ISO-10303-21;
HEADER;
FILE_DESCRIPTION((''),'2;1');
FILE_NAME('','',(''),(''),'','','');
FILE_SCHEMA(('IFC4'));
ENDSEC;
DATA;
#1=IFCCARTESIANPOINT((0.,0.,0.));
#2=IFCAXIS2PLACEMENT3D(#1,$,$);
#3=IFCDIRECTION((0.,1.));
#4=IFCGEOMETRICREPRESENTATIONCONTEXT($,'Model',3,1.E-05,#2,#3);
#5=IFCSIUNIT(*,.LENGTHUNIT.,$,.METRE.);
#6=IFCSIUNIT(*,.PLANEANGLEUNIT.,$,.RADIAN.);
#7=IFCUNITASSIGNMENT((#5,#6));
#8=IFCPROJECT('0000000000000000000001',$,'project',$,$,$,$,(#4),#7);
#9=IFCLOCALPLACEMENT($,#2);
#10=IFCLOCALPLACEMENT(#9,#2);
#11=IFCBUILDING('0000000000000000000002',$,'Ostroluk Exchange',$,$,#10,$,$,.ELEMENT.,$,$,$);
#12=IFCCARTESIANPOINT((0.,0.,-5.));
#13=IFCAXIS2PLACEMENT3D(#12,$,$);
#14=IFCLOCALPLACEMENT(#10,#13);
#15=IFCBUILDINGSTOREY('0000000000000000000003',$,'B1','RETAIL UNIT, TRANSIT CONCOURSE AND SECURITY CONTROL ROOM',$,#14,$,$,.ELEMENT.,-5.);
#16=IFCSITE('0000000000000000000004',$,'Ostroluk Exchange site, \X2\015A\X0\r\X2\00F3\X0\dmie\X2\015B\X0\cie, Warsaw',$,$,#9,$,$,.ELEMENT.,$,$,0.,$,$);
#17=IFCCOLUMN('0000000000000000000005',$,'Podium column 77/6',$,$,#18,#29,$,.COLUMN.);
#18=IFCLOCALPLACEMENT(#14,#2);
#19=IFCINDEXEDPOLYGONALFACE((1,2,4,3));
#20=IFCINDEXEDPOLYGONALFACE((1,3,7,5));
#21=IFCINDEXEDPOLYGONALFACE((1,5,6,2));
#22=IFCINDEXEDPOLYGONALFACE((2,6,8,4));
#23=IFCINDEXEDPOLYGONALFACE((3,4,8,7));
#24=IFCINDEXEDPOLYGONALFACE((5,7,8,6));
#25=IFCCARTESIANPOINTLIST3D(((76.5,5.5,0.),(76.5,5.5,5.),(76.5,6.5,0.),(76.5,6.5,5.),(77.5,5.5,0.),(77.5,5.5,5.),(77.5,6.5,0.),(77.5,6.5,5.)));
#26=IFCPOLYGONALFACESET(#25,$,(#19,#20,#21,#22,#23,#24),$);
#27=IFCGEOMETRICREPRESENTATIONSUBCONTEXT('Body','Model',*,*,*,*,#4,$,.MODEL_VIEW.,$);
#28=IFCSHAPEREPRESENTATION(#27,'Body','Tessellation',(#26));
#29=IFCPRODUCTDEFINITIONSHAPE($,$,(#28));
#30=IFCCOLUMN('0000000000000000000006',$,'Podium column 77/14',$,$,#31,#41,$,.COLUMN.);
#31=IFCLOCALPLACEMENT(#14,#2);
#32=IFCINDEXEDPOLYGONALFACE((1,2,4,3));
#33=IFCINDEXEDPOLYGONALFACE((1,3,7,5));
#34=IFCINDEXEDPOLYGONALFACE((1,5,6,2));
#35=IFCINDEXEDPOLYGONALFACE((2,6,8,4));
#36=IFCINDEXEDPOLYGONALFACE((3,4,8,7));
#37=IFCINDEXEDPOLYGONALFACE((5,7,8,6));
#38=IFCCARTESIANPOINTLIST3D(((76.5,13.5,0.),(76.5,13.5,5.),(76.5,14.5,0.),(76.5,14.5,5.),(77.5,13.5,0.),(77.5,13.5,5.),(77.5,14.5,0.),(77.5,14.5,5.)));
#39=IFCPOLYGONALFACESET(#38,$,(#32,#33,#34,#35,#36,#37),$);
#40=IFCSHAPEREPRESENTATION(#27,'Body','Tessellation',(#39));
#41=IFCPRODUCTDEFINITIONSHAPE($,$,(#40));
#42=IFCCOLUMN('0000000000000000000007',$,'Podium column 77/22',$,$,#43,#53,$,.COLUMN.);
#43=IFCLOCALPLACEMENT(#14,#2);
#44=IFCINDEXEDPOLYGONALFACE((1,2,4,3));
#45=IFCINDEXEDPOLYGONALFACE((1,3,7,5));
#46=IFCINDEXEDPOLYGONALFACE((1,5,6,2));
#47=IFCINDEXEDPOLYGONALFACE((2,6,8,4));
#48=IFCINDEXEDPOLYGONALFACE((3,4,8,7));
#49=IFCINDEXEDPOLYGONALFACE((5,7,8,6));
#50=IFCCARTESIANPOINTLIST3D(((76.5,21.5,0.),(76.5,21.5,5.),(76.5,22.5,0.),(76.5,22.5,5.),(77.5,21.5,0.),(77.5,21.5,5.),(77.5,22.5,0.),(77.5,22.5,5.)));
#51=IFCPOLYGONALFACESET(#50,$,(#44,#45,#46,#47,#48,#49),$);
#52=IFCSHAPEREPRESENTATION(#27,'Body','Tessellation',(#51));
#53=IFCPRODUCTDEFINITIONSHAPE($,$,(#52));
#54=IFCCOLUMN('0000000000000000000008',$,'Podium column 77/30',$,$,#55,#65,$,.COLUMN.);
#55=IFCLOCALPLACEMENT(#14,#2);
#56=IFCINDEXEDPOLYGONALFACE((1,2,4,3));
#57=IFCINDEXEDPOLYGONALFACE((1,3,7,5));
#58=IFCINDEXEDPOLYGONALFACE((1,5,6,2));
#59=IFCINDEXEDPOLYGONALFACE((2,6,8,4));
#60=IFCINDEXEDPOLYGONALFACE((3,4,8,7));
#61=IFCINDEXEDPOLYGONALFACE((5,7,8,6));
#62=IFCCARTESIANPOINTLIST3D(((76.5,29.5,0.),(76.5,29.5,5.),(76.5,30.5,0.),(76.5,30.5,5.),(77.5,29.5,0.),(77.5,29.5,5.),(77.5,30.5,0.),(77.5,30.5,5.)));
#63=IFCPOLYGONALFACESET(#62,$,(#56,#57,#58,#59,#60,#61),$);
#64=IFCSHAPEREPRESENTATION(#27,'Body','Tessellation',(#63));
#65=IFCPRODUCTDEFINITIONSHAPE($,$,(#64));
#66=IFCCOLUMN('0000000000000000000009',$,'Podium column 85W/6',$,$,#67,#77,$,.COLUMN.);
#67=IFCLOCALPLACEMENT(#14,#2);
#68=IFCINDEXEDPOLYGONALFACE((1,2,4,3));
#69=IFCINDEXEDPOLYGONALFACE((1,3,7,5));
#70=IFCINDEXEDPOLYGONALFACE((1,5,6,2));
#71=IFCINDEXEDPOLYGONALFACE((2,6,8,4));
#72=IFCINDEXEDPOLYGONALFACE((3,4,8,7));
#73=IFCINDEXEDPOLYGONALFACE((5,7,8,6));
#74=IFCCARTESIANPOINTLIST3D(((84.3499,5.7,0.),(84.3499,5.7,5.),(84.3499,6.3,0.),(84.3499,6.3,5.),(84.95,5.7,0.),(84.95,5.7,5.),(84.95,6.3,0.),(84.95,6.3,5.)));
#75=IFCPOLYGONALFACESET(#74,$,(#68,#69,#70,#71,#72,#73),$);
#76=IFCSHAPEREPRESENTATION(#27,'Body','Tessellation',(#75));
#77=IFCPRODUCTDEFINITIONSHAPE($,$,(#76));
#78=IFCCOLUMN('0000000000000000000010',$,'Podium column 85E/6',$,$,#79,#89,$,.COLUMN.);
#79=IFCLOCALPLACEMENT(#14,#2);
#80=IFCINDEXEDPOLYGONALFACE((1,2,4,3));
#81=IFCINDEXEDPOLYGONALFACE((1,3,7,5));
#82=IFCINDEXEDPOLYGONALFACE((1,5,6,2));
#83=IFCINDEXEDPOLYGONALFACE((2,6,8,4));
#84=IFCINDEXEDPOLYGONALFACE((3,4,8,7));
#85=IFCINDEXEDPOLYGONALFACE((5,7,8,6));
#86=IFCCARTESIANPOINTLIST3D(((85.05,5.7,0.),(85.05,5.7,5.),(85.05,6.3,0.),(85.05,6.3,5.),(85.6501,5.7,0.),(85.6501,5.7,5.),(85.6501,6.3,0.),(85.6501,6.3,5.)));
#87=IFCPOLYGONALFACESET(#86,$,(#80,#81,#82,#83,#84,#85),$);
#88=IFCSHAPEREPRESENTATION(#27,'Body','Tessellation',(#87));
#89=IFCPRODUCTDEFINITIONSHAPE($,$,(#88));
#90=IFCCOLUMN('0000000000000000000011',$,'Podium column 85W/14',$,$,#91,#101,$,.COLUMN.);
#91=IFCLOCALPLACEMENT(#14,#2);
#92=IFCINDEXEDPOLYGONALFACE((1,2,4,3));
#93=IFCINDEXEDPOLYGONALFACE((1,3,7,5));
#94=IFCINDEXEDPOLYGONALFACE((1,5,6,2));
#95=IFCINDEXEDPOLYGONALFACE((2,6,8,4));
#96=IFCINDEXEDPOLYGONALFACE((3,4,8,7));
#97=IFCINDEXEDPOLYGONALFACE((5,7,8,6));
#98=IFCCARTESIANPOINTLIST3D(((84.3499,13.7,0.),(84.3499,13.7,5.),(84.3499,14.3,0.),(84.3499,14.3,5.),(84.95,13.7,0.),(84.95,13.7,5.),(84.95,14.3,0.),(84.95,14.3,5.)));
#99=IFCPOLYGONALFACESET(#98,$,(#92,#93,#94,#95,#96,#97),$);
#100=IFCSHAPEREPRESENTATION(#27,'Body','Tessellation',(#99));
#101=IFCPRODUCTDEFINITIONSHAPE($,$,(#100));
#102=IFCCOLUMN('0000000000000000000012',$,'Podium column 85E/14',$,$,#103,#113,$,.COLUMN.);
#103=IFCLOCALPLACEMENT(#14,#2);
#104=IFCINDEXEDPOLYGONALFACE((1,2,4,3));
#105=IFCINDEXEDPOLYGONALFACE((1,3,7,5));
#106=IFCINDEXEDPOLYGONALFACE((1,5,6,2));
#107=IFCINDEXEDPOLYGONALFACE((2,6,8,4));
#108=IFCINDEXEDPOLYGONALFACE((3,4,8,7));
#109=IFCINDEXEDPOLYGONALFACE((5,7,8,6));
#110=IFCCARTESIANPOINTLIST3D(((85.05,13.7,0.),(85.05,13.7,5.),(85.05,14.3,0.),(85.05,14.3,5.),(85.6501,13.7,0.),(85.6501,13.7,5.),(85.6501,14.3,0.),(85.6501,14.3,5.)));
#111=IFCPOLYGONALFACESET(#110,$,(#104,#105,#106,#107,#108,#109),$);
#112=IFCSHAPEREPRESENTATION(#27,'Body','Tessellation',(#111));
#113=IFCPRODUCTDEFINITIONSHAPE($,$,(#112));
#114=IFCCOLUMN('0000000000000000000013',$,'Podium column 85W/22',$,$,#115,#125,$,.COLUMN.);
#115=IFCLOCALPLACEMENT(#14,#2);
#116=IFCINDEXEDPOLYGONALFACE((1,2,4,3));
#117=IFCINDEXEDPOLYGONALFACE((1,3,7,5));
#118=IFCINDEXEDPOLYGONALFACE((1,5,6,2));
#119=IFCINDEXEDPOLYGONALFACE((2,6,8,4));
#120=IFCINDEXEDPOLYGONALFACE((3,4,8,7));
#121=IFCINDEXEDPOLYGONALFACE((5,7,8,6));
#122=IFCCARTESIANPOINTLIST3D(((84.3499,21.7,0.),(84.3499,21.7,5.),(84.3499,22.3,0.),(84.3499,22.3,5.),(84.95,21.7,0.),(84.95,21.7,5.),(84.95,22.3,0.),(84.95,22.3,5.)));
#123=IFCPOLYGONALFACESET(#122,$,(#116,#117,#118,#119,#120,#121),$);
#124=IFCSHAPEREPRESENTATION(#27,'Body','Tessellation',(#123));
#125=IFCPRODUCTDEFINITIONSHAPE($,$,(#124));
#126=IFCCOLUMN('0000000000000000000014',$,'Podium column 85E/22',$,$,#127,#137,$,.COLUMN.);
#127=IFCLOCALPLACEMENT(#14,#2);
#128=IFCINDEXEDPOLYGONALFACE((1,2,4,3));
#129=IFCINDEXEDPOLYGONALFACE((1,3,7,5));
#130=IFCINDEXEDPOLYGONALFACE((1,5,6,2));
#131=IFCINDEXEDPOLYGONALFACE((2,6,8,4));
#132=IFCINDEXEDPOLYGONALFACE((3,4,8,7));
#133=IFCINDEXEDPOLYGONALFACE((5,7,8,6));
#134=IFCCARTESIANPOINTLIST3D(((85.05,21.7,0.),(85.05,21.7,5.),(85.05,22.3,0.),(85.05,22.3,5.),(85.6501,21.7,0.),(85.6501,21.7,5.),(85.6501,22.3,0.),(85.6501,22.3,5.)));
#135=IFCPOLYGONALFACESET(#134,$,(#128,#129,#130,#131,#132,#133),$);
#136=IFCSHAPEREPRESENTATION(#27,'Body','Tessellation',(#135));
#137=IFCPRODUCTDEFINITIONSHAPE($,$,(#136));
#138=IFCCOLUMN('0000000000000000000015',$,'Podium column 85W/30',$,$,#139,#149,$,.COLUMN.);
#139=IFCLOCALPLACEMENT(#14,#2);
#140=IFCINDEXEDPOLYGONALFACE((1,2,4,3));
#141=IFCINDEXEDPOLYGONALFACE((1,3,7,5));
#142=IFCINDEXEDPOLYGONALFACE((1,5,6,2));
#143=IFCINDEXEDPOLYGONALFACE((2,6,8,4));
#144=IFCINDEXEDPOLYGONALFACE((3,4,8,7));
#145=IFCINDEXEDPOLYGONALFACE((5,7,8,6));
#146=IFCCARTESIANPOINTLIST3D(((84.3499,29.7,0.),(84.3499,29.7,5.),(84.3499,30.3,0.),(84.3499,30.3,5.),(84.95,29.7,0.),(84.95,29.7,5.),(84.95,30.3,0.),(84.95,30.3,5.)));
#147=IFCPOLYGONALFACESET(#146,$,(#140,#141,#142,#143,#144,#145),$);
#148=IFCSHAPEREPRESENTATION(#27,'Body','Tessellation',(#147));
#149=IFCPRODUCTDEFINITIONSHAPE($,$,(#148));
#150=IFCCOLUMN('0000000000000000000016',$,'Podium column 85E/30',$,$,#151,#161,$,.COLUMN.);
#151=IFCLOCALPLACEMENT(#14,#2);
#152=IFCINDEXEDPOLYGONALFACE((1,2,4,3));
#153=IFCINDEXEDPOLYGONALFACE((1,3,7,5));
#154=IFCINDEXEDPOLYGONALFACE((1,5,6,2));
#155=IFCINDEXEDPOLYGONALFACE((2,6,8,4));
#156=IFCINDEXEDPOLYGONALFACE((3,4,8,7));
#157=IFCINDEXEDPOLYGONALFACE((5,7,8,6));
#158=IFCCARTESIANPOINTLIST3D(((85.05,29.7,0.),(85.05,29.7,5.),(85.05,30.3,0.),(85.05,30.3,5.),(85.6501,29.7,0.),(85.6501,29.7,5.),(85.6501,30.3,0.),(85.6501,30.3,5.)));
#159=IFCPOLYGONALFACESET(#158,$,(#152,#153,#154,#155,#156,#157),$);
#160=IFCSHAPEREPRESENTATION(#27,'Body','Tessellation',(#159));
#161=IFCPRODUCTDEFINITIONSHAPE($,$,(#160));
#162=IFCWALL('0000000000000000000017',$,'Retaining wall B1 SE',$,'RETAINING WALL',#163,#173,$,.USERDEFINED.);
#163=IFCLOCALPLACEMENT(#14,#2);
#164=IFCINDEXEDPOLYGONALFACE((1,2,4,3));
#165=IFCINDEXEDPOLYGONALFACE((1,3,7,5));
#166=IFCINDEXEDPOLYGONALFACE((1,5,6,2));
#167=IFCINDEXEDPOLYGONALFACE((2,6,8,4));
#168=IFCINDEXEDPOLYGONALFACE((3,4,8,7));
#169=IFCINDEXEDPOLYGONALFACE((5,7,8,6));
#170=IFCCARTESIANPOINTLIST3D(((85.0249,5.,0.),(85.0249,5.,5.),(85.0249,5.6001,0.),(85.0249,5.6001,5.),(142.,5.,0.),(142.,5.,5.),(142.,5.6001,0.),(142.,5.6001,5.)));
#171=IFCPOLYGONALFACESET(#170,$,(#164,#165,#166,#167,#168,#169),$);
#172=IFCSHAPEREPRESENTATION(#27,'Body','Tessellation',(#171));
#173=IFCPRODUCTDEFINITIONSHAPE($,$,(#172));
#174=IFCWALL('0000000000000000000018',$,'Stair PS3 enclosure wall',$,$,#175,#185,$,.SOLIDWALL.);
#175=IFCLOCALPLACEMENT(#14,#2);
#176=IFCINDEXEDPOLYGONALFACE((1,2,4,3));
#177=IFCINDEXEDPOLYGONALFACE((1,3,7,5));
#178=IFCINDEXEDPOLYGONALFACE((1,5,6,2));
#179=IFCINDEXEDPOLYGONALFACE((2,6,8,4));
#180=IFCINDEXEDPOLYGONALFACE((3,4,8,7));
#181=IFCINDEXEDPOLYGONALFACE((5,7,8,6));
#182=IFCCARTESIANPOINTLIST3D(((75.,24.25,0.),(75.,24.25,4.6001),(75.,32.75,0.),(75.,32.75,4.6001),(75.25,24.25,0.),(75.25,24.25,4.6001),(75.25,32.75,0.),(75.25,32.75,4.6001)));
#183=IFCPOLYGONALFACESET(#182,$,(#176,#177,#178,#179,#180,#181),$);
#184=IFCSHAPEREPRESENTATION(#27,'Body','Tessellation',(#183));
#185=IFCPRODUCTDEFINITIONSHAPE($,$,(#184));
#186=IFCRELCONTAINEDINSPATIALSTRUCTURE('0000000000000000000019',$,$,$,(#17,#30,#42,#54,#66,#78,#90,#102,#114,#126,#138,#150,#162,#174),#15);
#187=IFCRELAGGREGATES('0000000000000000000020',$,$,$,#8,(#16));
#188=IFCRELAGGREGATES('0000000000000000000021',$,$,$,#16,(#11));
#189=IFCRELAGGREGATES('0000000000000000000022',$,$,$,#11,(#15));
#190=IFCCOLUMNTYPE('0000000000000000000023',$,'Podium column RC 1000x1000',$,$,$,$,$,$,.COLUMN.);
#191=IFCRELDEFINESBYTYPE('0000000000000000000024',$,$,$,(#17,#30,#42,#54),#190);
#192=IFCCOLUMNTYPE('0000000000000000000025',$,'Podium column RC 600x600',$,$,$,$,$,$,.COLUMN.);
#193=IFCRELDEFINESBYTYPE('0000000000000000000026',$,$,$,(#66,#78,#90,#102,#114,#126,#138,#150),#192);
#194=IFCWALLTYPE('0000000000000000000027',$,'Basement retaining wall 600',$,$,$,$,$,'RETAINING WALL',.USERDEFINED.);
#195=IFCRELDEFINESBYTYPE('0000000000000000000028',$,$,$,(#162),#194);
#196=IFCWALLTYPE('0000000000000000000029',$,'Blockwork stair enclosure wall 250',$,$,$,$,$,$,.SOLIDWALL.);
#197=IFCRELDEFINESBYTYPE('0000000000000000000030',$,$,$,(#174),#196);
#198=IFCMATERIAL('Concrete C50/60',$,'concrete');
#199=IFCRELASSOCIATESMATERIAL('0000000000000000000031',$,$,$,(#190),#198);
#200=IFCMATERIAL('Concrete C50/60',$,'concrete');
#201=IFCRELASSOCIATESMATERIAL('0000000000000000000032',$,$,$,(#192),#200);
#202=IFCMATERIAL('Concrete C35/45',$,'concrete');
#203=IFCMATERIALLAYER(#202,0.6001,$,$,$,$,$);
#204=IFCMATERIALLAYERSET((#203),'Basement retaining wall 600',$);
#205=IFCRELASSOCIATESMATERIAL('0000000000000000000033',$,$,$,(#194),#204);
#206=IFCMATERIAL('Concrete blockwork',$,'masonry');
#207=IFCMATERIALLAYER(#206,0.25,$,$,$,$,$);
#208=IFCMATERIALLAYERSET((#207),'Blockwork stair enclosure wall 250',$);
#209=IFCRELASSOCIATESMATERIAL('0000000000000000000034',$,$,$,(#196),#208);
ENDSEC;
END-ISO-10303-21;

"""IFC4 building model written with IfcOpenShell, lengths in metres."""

from ifc_helpers import new_model, si_unit, direction, frame, frame_2d, origin, origin_2d, place, context, subcontext, project, spatial, rectangle, extrude, material, layer, layer_set, material_profile, profile_set, type_object, element, save


model = new_model("IFC4")

# Units and contexts
model_context = context("Model", 3, precision=1e-05, world=origin(), true_north=direction((0.0, 1.0)))
body_context = subcontext(model_context, "Body", "Model", "MODEL_VIEW")
ifc_project = project(units=[si_unit("LENGTHUNIT", "METRE"), si_unit("PLANEANGLEUNIT", "RADIAN")], contexts=[model_context])

# Site, building, storey
site_placement = place(None, origin())
site = spatial("IfcSite", under=ifc_project, at=site_placement, Name="Ostroluk Exchange site, Śródmieście, Warsaw", CompositionType="ELEMENT", RefElevation=0.0)
building_placement = place(site_placement, origin())
building = spatial("IfcBuilding", under=site, at=building_placement, Name="Ostroluk Exchange", CompositionType="ELEMENT")
storey_placement = place(building_placement, frame((0.0, 0.0, -5.0)))
storey = spatial("IfcBuildingStorey", under=building, at=storey_placement, Name="B1", Description="RETAIL UNIT, TRANSIT CONCOURSE AND SECURITY CONTROL ROOM", CompositionType="ELEMENT", Elevation=-5.0)

# Columns
ifc_material_1 = material(Name="Concrete C50/60", Category="concrete")
ifc_material_profile_1 = material_profile(ifc_material_1, rectangle(XDim=1.0, YDim=1.0, at=origin_2d()), Name="RC 1000x1000")
ifc_profile_set_1 = profile_set([ifc_material_profile_1], Name="Concrete C50/60")
column_type_1 = type_object("IfcColumnType", Name="Podium column RC 1000x1000", PredefinedType="COLUMN", material=ifc_profile_set_1)
for number, where, z_axis, x_axis, name in (
    (1, (77.0, 6.0, 0.0), (0.0, 0.0, 1.0), (1.0, 0.0, 0.0), "Podium column 77/6"),
    (2, (77.0, 14.0, 0.0), (0.0, 0.0, 1.0), (1.0, 0.0, 0.0), "Podium column 77/14"),
    (3, (77.0, 22.0, 0.0), (0.0, 0.0, 1.0), (1.0, 0.0, 0.0), "Podium column 77/22"),
    (4, (77.0, 30.0, 0.0), (0.0, 0.0, 1.0), (1.0, 0.0, 0.0), "Podium column 77/30"),
):
    element("IfcColumn", number, at=place(storey_placement, frame(where, z_axis=z_axis, x_axis=x_axis)), inside=storey, type_object=column_type_1, Name=name, PredefinedType="COLUMN", context=body_context, shape_type="SweptSolid", body=[
        extrude(rectangle(XDim=1.0, YDim=1.0, at=origin_2d()), origin(), (0.0, 0.0, 1.0), 5.0),
    ])
ifc_material_2 = material(Name="Concrete C50/60", Category="concrete")
ifc_material_profile_2 = material_profile(ifc_material_2, rectangle(XDim=0.6001, YDim=0.6001, at=origin_2d()), Name="RC 600x600")
ifc_profile_set_2 = profile_set([ifc_material_profile_2], Name="Concrete C50/60")
column_type_2 = type_object("IfcColumnType", Name="Podium column RC 600x600", PredefinedType="COLUMN", material=ifc_profile_set_2)
for number, where, z_axis, x_axis, name in (
    (5, (84.6499, 6.0, 0.0), (0.0, 0.0, 1.0), (1.0, 0.0, 0.0), "Podium column 85W/6"),
    (6, (85.3501, 6.0, 0.0), (0.0, 0.0, 1.0), (1.0, 0.0, 0.0), "Podium column 85E/6"),
    (7, (84.6499, 14.0, 0.0), (0.0, 0.0, 1.0), (1.0, 0.0, 0.0), "Podium column 85W/14"),
    (8, (85.3501, 14.0, 0.0), (0.0, 0.0, 1.0), (1.0, 0.0, 0.0), "Podium column 85E/14"),
    (9, (84.6499, 22.0, 0.0), (0.0, 0.0, 1.0), (1.0, 0.0, 0.0), "Podium column 85W/22"),
    (10, (85.3501, 22.0, 0.0), (0.0, 0.0, 1.0), (1.0, 0.0, 0.0), "Podium column 85E/22"),
    (11, (84.6499, 30.0, 0.0), (0.0, 0.0, 1.0), (1.0, 0.0, 0.0), "Podium column 85W/30"),
    (12, (85.3501, 30.0, 0.0), (0.0, 0.0, 1.0), (1.0, 0.0, 0.0), "Podium column 85E/30"),
):
    element("IfcColumn", number, at=place(storey_placement, frame(where, z_axis=z_axis, x_axis=x_axis)), inside=storey, type_object=column_type_2, Name=name, PredefinedType="COLUMN", context=body_context, shape_type="SweptSolid", body=[
        extrude(rectangle(XDim=0.6001, YDim=0.6001, at=origin_2d()), origin(), (0.0, 0.0, 1.0), 5.0),
    ])

# Walls
ifc_material_3 = material(Name="Concrete C35/45", Category="concrete")
ifc_layer_1 = layer(ifc_material_3, 0.6001)
ifc_layer_set_1 = layer_set([ifc_layer_1], Name="Basement retaining wall 600")
wall_type_1 = type_object("IfcWallType", Name="Basement retaining wall 600", ElementType="RETAINING WALL", PredefinedType="USERDEFINED", material=ifc_layer_set_1)
wall_1_placement = place(storey_placement, frame((85.0249, 5.3, 0.0), z_axis=(0.0, 0.0, 1.0), x_axis=(1.0, 0.0, 0.0)))
element("IfcWall", 13, at=wall_1_placement, inside=storey, type_object=wall_type_1, Name="Retaining wall B1 SE", ObjectType="RETAINING WALL", PredefinedType="USERDEFINED", context=body_context, shape_type="SweptSolid", body=[
    extrude(rectangle(XDim=56.9751, YDim=0.6001, at=frame_2d((28.4875, 0.0))), origin(), (0.0, 0.0, 1.0), 5.0),
])
ifc_material_4 = material(Name="Concrete blockwork", Category="masonry")
ifc_layer_2 = layer(ifc_material_4, 0.25)
ifc_layer_set_2 = layer_set([ifc_layer_2], Name="Blockwork stair enclosure wall 250")
wall_type_2 = type_object("IfcWallType", Name="Blockwork stair enclosure wall 250", PredefinedType="SOLIDWALL", material=ifc_layer_set_2)
wall_2_placement = place(storey_placement, frame((75.125, 24.25, 0.0), z_axis=(0.0, 0.0, 1.0), x_axis=(0.0, 1.0, 0.0)))
element("IfcWall", 14, at=wall_2_placement, inside=storey, type_object=wall_type_2, Name="Stair PS3 enclosure wall", PredefinedType="SOLIDWALL", context=body_context, shape_type="SweptSolid", body=[
    extrude(rectangle(XDim=8.5, YDim=0.25, at=frame_2d((4.25, 0.0))), origin(), (0.0, 0.0, 1.0), 4.6001),
])

save(model, "model.ifc")
